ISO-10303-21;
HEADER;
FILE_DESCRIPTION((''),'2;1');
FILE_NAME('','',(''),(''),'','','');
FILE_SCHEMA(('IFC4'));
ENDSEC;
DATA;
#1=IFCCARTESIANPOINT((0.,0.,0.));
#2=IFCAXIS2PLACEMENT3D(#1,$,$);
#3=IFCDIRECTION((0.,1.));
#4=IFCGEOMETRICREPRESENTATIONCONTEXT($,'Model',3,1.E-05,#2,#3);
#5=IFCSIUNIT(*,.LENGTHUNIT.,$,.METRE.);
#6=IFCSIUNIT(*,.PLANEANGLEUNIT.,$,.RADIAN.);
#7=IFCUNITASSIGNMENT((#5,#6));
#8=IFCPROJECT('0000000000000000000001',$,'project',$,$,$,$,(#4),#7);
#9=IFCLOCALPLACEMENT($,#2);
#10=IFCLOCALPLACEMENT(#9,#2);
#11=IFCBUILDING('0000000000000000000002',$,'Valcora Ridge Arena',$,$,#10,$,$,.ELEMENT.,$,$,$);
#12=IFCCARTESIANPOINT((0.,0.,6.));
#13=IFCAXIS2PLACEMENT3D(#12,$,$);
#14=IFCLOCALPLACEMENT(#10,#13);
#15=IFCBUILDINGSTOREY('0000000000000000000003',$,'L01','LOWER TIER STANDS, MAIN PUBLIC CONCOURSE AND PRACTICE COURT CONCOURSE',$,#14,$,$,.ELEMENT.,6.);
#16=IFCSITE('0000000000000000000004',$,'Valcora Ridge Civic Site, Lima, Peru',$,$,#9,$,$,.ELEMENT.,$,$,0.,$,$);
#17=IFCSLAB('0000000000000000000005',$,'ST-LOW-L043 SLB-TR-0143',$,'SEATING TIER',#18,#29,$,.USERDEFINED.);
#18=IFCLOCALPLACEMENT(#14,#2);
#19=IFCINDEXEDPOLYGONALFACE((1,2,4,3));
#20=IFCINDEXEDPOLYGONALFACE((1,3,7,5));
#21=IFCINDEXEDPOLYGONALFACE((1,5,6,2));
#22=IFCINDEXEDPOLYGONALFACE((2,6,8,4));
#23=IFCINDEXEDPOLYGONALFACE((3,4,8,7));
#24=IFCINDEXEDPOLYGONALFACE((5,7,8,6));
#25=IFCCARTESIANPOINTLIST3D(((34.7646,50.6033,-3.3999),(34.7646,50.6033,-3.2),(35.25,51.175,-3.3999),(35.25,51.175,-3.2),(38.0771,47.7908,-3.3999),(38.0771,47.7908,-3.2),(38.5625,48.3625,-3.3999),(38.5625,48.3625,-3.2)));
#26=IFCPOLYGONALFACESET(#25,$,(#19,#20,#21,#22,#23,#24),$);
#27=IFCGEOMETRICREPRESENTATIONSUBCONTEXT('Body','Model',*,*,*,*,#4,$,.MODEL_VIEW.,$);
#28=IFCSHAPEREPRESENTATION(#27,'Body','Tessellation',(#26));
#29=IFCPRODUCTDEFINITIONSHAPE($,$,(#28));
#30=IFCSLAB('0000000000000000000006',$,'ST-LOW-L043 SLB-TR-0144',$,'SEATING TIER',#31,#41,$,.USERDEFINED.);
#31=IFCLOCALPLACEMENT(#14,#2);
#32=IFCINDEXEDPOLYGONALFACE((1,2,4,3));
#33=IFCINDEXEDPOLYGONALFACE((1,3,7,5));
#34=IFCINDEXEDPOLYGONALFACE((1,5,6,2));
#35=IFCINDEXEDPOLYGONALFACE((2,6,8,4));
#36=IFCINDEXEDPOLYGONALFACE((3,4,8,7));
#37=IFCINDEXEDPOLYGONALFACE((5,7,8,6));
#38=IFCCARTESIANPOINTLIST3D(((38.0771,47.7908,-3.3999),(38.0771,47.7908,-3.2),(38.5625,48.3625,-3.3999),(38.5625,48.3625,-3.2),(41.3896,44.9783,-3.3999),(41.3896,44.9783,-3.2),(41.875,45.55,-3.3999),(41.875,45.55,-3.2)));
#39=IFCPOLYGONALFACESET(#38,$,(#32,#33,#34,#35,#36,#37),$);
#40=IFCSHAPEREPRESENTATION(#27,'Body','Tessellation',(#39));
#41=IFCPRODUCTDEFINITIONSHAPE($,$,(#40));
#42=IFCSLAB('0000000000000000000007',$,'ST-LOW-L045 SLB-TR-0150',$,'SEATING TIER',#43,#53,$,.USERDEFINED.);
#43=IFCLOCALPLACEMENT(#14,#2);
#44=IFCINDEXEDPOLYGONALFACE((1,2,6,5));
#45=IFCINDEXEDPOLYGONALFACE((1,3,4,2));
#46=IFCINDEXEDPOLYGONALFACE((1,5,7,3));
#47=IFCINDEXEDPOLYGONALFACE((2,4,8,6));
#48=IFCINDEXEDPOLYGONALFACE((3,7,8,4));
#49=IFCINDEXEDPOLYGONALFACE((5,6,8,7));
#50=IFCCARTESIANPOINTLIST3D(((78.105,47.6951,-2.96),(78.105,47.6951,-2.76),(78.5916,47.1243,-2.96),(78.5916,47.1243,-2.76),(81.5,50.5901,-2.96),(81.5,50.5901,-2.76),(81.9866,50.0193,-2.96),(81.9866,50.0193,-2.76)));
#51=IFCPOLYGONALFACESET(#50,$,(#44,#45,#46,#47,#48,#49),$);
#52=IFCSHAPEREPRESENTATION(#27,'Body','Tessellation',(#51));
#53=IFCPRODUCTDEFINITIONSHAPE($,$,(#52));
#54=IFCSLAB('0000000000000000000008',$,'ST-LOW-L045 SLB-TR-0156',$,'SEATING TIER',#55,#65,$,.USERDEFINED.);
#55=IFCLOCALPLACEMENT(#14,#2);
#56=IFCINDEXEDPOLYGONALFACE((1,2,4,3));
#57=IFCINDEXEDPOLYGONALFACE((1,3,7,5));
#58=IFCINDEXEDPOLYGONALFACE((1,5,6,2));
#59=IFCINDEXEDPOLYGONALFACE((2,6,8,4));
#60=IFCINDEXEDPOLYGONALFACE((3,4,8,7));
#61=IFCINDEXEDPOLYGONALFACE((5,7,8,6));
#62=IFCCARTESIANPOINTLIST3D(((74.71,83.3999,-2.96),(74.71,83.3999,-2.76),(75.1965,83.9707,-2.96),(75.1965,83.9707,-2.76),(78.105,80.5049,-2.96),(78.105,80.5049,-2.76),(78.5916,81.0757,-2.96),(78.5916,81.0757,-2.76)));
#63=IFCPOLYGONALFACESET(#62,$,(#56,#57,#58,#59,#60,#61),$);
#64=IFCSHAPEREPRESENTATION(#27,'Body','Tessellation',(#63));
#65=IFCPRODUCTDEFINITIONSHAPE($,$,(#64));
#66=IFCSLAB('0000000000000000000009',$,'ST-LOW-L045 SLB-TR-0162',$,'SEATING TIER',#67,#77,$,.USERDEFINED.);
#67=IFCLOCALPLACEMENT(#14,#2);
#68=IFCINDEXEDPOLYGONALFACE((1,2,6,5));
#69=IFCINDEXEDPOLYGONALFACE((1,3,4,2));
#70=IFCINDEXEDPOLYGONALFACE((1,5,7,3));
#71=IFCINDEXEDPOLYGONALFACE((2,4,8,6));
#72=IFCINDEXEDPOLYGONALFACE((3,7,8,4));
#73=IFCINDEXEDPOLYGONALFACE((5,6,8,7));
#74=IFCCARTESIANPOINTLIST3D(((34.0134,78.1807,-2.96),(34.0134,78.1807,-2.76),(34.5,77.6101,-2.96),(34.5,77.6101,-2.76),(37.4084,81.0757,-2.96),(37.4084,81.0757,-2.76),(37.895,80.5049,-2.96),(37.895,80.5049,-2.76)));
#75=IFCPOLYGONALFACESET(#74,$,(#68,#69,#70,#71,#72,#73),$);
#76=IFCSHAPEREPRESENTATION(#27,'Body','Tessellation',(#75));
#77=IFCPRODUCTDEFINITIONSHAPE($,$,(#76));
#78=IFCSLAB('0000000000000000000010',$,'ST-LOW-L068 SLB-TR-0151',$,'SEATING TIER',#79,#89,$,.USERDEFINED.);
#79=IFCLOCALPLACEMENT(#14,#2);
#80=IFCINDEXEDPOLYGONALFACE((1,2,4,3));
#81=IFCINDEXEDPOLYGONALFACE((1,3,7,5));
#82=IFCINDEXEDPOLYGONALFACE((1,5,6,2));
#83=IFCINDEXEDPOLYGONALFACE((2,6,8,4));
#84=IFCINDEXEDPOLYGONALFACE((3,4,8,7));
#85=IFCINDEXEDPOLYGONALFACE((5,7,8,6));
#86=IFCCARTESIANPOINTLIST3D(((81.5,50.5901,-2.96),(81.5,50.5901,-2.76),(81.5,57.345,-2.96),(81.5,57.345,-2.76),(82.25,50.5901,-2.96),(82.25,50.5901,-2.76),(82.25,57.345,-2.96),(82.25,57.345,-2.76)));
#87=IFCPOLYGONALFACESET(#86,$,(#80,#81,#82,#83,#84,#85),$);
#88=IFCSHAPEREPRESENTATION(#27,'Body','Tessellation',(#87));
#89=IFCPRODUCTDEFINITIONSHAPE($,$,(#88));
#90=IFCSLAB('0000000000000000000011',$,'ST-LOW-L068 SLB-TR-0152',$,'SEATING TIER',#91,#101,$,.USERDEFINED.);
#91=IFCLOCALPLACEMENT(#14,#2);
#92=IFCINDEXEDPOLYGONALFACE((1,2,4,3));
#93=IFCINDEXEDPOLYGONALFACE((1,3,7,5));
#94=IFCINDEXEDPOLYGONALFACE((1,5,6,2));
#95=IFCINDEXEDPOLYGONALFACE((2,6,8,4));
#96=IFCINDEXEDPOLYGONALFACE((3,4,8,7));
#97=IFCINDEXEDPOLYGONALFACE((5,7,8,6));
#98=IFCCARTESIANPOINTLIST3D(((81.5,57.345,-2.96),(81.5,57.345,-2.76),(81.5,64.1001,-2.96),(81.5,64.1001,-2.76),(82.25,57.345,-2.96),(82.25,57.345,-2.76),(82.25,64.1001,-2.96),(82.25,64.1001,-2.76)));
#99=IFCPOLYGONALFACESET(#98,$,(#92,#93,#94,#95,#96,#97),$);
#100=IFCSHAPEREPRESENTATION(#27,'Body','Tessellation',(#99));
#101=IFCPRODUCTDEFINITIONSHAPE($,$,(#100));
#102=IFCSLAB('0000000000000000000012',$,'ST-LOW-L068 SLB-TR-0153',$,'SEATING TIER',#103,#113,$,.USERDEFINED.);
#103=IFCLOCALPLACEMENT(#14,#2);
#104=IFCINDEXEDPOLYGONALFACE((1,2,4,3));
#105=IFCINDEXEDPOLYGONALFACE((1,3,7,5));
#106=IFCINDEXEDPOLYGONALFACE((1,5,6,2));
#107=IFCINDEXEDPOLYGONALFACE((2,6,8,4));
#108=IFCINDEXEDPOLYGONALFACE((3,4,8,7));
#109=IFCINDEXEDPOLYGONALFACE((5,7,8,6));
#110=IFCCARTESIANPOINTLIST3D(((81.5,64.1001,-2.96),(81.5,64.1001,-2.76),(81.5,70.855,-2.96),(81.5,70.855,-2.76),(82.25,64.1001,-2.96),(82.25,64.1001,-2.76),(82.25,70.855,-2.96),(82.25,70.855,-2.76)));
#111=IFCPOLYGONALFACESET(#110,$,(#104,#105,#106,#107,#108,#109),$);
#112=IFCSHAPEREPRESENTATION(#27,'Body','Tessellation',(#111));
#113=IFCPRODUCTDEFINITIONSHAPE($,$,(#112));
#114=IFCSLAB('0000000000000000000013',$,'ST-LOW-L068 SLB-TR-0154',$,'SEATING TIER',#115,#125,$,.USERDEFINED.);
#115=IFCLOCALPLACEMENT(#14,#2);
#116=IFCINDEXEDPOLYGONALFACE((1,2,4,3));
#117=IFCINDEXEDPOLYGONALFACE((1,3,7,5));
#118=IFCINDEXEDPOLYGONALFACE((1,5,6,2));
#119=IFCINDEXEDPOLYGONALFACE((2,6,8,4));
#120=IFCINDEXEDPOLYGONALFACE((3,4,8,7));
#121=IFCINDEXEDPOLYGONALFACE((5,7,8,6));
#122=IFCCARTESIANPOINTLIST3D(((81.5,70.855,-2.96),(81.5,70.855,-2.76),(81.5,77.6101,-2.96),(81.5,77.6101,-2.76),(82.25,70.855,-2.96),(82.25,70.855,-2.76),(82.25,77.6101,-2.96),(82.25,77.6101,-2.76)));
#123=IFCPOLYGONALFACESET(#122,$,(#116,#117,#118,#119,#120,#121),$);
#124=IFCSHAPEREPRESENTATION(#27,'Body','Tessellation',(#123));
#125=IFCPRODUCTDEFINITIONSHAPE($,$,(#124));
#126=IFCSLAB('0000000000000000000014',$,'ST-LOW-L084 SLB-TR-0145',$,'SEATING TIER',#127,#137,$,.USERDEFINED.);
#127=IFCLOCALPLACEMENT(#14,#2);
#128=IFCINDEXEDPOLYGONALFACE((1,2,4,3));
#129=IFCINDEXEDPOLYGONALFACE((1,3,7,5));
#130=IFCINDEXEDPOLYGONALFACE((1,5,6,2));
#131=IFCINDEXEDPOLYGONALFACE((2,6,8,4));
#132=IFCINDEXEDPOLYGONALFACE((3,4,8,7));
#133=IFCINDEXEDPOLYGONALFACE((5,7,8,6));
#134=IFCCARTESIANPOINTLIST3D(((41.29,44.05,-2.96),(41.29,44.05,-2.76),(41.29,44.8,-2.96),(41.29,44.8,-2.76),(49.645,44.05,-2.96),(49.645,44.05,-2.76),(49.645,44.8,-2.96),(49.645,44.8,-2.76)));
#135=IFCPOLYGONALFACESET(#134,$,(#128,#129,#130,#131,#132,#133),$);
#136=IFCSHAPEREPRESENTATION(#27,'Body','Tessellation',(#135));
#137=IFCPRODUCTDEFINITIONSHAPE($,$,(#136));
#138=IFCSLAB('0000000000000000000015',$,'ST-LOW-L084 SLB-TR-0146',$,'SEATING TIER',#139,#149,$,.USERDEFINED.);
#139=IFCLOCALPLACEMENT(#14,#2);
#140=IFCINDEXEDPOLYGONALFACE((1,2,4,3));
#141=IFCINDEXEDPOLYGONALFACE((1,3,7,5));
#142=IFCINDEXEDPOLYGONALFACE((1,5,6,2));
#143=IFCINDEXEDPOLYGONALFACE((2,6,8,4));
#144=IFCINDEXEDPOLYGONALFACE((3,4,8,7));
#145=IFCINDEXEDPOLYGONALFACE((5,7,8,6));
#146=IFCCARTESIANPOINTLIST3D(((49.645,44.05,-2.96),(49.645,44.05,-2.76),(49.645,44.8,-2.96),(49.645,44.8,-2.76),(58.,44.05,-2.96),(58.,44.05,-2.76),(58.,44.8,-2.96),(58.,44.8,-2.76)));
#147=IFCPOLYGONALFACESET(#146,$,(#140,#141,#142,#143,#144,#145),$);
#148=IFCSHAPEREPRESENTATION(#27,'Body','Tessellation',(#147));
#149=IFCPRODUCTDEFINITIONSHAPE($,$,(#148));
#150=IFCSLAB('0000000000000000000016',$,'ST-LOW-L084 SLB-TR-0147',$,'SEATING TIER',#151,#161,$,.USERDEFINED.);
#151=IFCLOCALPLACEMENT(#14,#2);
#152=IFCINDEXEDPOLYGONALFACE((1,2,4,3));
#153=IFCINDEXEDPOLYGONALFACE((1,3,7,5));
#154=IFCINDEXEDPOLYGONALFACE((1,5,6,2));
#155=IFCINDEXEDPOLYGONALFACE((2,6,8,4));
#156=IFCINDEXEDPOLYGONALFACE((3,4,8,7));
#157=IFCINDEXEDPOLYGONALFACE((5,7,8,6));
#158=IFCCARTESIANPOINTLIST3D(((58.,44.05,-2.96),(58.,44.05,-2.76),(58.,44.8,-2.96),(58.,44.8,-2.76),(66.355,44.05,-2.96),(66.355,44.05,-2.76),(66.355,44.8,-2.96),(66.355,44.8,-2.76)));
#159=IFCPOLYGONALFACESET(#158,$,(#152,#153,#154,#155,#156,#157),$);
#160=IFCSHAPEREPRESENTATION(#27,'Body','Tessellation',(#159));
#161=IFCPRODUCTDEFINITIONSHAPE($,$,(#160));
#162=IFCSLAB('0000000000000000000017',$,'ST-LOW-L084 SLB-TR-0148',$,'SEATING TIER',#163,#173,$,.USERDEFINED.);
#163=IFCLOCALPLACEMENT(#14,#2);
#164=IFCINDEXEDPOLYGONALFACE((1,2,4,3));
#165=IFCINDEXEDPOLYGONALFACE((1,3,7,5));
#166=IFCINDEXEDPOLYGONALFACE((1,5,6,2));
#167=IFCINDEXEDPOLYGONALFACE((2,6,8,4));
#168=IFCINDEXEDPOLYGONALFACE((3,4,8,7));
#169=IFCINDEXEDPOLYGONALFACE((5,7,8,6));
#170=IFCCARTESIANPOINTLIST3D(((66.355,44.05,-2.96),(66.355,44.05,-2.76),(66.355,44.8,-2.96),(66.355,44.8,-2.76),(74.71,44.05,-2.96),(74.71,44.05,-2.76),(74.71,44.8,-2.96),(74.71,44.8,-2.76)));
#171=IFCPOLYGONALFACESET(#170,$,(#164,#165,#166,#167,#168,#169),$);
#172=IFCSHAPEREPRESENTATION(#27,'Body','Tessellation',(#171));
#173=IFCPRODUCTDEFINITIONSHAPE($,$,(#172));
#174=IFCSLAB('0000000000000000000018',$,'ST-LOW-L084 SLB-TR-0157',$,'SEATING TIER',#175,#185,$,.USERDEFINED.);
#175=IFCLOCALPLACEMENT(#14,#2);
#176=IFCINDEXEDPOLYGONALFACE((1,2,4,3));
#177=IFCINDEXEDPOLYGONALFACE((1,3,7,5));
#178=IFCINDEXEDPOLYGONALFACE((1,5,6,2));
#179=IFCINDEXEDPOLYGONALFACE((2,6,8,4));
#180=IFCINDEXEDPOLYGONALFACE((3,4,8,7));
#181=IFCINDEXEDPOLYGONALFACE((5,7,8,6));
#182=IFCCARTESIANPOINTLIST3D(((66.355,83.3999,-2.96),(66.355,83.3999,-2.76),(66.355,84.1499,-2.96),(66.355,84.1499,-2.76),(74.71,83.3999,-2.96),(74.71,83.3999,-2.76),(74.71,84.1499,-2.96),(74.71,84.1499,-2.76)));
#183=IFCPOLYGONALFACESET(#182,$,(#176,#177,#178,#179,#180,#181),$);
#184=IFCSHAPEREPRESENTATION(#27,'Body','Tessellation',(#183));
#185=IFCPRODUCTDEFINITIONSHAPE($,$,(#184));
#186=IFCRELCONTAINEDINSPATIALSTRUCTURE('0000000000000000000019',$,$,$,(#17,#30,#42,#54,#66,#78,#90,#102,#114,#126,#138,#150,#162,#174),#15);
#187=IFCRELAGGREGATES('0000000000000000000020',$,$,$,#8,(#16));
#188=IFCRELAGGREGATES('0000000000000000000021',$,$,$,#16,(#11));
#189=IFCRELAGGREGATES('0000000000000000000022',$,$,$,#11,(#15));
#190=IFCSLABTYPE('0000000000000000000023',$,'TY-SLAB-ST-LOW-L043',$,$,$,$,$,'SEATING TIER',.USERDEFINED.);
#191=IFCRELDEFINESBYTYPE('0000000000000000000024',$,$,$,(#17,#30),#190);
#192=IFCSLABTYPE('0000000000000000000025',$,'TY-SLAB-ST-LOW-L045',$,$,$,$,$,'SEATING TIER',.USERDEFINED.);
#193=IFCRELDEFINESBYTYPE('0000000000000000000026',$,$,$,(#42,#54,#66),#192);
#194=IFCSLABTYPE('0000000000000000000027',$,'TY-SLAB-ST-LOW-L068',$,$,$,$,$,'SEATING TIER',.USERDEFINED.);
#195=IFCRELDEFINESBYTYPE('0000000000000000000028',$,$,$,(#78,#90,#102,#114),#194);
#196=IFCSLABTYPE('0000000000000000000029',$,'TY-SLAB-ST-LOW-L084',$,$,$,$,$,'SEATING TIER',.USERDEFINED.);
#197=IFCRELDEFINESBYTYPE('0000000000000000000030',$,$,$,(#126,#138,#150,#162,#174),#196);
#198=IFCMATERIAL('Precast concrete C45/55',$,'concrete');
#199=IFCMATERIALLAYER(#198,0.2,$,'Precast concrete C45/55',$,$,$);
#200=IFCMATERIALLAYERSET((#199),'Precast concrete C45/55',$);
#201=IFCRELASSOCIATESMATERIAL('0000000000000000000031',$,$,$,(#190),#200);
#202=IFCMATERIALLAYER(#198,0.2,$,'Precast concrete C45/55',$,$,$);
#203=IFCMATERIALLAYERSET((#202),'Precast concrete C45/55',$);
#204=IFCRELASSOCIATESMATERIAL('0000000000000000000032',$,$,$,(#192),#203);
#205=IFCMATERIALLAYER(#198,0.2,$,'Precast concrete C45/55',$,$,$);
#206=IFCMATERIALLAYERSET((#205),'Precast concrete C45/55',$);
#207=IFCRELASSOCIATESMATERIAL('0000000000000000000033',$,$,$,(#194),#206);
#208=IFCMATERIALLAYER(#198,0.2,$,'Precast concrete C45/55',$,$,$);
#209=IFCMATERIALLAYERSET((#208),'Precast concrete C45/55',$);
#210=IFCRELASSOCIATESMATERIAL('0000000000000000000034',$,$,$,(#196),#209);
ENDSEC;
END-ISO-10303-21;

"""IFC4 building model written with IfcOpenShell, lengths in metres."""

from ifc_helpers import new_model, si_unit, direction, frame, origin, place, context, subcontext, project, spatial, polyline, outline, extrude, material, layer, layer_set, type_object, element, save


model = new_model("IFC4")

# Units and contexts
model_context = context("Model", 3, precision=1e-05, world=origin(), true_north=direction((0.0, 1.0)))
body_context = subcontext(model_context, "Body", "Model", "MODEL_VIEW")
ifc_project = project(units=[si_unit("LENGTHUNIT", "METRE"), si_unit("PLANEANGLEUNIT", "RADIAN")], contexts=[model_context])

# Site, building, storey
site_placement = place(None, origin())
site = spatial("IfcSite", under=ifc_project, at=site_placement, Name="Valcora Ridge Civic Site, Lima, Peru", CompositionType="ELEMENT", RefElevation=0.0)
building_placement = place(site_placement, origin())
building = spatial("IfcBuilding", under=site, at=building_placement, Name="Valcora Ridge Arena", CompositionType="ELEMENT")
storey_placement = place(building_placement, frame((0.0, 0.0, 6.0)))
storey = spatial("IfcBuildingStorey", under=building, at=storey_placement, Name="L01", Description="LOWER TIER STANDS, MAIN PUBLIC CONCOURSE AND PRACTICE COURT CONCOURSE", CompositionType="ELEMENT", Elevation=6.0)

# Slabs
ifc_material = material(Name="Precast concrete C45/55", Category="concrete")
ifc_layer_1 = layer(ifc_material, 0.2, Name="Precast concrete C45/55")
ifc_layer_set_1 = layer_set([ifc_layer_1], Name="Precast concrete C45/55")
slab_type_1 = type_object("IfcSlabType", Name="TY-SLAB-ST-LOW-L043", ElementType="SEATING TIER", PredefinedType="USERDEFINED", material=ifc_layer_set_1)
slab_1_placement = place(storey_placement, frame((0.0, 0.0, -3.3999)))
element("IfcSlab", 1, at=slab_1_placement, inside=storey, type_object=slab_type_1, Name="ST-LOW-L043 SLB-TR-0143", ObjectType="SEATING TIER", PredefinedType="USERDEFINED", context=body_context, shape_type="SweptSolid", body=[
    extrude(outline(polyline([(35.25, 51.175), (38.5625, 48.3625), (38.0771, 47.7908), (34.7646, 50.6033), (35.25, 51.175)])), origin(), (0.0, 0.0, 1.0), 0.2),
])
slab_2_placement = place(storey_placement, frame((0.0, 0.0, -3.3999)))
element("IfcSlab", 2, at=slab_2_placement, inside=storey, type_object=slab_type_1, Name="ST-LOW-L043 SLB-TR-0144", ObjectType="SEATING TIER", PredefinedType="USERDEFINED", context=body_context, shape_type="SweptSolid", body=[
    extrude(outline(polyline([(38.5625, 48.3625), (41.875, 45.55), (41.3896, 44.9783), (38.0771, 47.7908), (38.5625, 48.3625)])), origin(), (0.0, 0.0, 1.0), 0.2),
])
ifc_layer_2 = layer(ifc_material, 0.2, Name="Precast concrete C45/55")
ifc_layer_set_2 = layer_set([ifc_layer_2], Name="Precast concrete C45/55")
slab_type_2 = type_object("IfcSlabType", Name="TY-SLAB-ST-LOW-L045", ElementType="SEATING TIER", PredefinedType="USERDEFINED", material=ifc_layer_set_2)
slab_3_placement = place(storey_placement, frame((0.0, 0.0, -2.96)))
element("IfcSlab", 3, at=slab_3_placement, inside=storey, type_object=slab_type_2, Name="ST-LOW-L045 SLB-TR-0150", ObjectType="SEATING TIER", PredefinedType="USERDEFINED", context=body_context, shape_type="SweptSolid", body=[
    extrude(outline(polyline([(78.105, 47.6951), (81.5, 50.5901), (81.9866, 50.0193), (78.5916, 47.1243), (78.105, 47.6951)])), origin(), (0.0, 0.0, 1.0), 0.2),
])
slab_4_placement = place(storey_placement, frame((0.0, 0.0, -2.96)))
element("IfcSlab", 4, at=slab_4_placement, inside=storey, type_object=slab_type_2, Name="ST-LOW-L045 SLB-TR-0156", ObjectType="SEATING TIER", PredefinedType="USERDEFINED", context=body_context, shape_type="SweptSolid", body=[
    extrude(outline(polyline([(78.105, 80.5049), (74.71, 83.3999), (75.1965, 83.9707), (78.5916, 81.0757), (78.105, 80.5049)])), origin(), (0.0, 0.0, 1.0), 0.2),
])
slab_5_placement = place(storey_placement, frame((0.0, 0.0, -2.96)))
element("IfcSlab", 5, at=slab_5_placement, inside=storey, type_object=slab_type_2, Name="ST-LOW-L045 SLB-TR-0162", ObjectType="SEATING TIER", PredefinedType="USERDEFINED", context=body_context, shape_type="SweptSolid", body=[
    extrude(outline(polyline([(37.895, 80.5049), (34.5, 77.6101), (34.0134, 78.1807), (37.4084, 81.0757), (37.895, 80.5049)])), origin(), (0.0, 0.0, 1.0), 0.2),
])
ifc_layer_3 = layer(ifc_material, 0.2, Name="Precast concrete C45/55")
ifc_layer_set_3 = layer_set([ifc_layer_3], Name="Precast concrete C45/55")
slab_type_3 = type_object("IfcSlabType", Name="TY-SLAB-ST-LOW-L068", ElementType="SEATING TIER", PredefinedType="USERDEFINED", material=ifc_layer_set_3)
slab_6_placement = place(storey_placement, frame((0.0, 0.0, -2.96)))
element("IfcSlab", 6, at=slab_6_placement, inside=storey, type_object=slab_type_3, Name="ST-LOW-L068 SLB-TR-0151", ObjectType="SEATING TIER", PredefinedType="USERDEFINED", context=body_context, shape_type="SweptSolid", body=[
    extrude(outline(polyline([(81.5, 50.5901), (81.5, 57.345), (82.25, 57.345), (82.25, 50.5901), (81.5, 50.5901)])), origin(), (0.0, 0.0, 1.0), 0.2),
])
slab_7_placement = place(storey_placement, frame((0.0, 0.0, -2.96)))
element("IfcSlab", 7, at=slab_7_placement, inside=storey, type_object=slab_type_3, Name="ST-LOW-L068 SLB-TR-0152", ObjectType="SEATING TIER", PredefinedType="USERDEFINED", context=body_context, shape_type="SweptSolid", body=[
    extrude(outline(polyline([(81.5, 57.345), (81.5, 64.1001), (82.25, 64.1001), (82.25, 57.345), (81.5, 57.345)])), origin(), (0.0, 0.0, 1.0), 0.2),
])
slab_8_placement = place(storey_placement, frame((0.0, 0.0, -2.96)))
element("IfcSlab", 8, at=slab_8_placement, inside=storey, type_object=slab_type_3, Name="ST-LOW-L068 SLB-TR-0153", ObjectType="SEATING TIER", PredefinedType="USERDEFINED", context=body_context, shape_type="SweptSolid", body=[
    extrude(outline(polyline([(81.5, 64.1001), (81.5, 70.855), (82.25, 70.855), (82.25, 64.1001), (81.5, 64.1001)])), origin(), (0.0, 0.0, 1.0), 0.2),
])
slab_9_placement = place(storey_placement, frame((0.0, 0.0, -2.96)))
element("IfcSlab", 9, at=slab_9_placement, inside=storey, type_object=slab_type_3, Name="ST-LOW-L068 SLB-TR-0154", ObjectType="SEATING TIER", PredefinedType="USERDEFINED", context=body_context, shape_type="SweptSolid", body=[
    extrude(outline(polyline([(81.5, 70.855), (81.5, 77.6101), (82.25, 77.6101), (82.25, 70.855), (81.5, 70.855)])), origin(), (0.0, 0.0, 1.0), 0.2),
])
ifc_layer_4 = layer(ifc_material, 0.2, Name="Precast concrete C45/55")
ifc_layer_set_4 = layer_set([ifc_layer_4], Name="Precast concrete C45/55")
slab_type_4 = type_object("IfcSlabType", Name="TY-SLAB-ST-LOW-L084", ElementType="SEATING TIER", PredefinedType="USERDEFINED", material=ifc_layer_set_4)
slab_10_placement = place(storey_placement, frame((0.0, 0.0, -2.96)))
element("IfcSlab", 10, at=slab_10_placement, inside=storey, type_object=slab_type_4, Name="ST-LOW-L084 SLB-TR-0145", ObjectType="SEATING TIER", PredefinedType="USERDEFINED", context=body_context, shape_type="SweptSolid", body=[
    extrude(outline(polyline([(41.29, 44.8), (49.645, 44.8), (49.645, 44.05), (41.29, 44.05), (41.29, 44.8)])), origin(), (0.0, 0.0, 1.0), 0.2),
])
slab_11_placement = place(storey_placement, frame((0.0, 0.0, -2.96)))
element("IfcSlab", 11, at=slab_11_placement, inside=storey, type_object=slab_type_4, Name="ST-LOW-L084 SLB-TR-0146", ObjectType="SEATING TIER", PredefinedType="USERDEFINED", context=body_context, shape_type="SweptSolid", body=[
    extrude(outline(polyline([(49.645, 44.8), (58.0, 44.8), (58.0, 44.05), (49.645, 44.05), (49.645, 44.8)])), origin(), (0.0, 0.0, 1.0), 0.2),
])
slab_12_placement = place(storey_placement, frame((0.0, 0.0, -2.96)))
element("IfcSlab", 12, at=slab_12_placement, inside=storey, type_object=slab_type_4, Name="ST-LOW-L084 SLB-TR-0147", ObjectType="SEATING TIER", PredefinedType="USERDEFINED", context=body_context, shape_type="SweptSolid", body=[
    extrude(outline(polyline([(58.0, 44.8), (66.355, 44.8), (66.355, 44.05), (58.0, 44.05), (58.0, 44.8)])), origin(), (0.0, 0.0, 1.0), 0.2),
])
slab_13_placement = place(storey_placement, frame((0.0, 0.0, -2.96)))
element("IfcSlab", 13, at=slab_13_placement, inside=storey, type_object=slab_type_4, Name="ST-LOW-L084 SLB-TR-0148", ObjectType="SEATING TIER", PredefinedType="USERDEFINED", context=body_context, shape_type="SweptSolid", body=[
    extrude(outline(polyline([(66.355, 44.8), (74.71, 44.8), (74.71, 44.05), (66.355, 44.05), (66.355, 44.8)])), origin(), (0.0, 0.0, 1.0), 0.2),
])
slab_14_placement = place(storey_placement, frame((0.0, 0.0, -2.96)))
element("IfcSlab", 14, at=slab_14_placement, inside=storey, type_object=slab_type_4, Name="ST-LOW-L084 SLB-TR-0157", ObjectType="SEATING TIER", PredefinedType="USERDEFINED", context=body_context, shape_type="SweptSolid", body=[
    extrude(outline(polyline([(74.71, 83.3999), (66.355, 83.3999), (66.355, 84.1499), (74.71, 84.1499), (74.71, 83.3999)])), origin(), (0.0, 0.0, 1.0), 0.2),
])

save(model, "model.ifc")
